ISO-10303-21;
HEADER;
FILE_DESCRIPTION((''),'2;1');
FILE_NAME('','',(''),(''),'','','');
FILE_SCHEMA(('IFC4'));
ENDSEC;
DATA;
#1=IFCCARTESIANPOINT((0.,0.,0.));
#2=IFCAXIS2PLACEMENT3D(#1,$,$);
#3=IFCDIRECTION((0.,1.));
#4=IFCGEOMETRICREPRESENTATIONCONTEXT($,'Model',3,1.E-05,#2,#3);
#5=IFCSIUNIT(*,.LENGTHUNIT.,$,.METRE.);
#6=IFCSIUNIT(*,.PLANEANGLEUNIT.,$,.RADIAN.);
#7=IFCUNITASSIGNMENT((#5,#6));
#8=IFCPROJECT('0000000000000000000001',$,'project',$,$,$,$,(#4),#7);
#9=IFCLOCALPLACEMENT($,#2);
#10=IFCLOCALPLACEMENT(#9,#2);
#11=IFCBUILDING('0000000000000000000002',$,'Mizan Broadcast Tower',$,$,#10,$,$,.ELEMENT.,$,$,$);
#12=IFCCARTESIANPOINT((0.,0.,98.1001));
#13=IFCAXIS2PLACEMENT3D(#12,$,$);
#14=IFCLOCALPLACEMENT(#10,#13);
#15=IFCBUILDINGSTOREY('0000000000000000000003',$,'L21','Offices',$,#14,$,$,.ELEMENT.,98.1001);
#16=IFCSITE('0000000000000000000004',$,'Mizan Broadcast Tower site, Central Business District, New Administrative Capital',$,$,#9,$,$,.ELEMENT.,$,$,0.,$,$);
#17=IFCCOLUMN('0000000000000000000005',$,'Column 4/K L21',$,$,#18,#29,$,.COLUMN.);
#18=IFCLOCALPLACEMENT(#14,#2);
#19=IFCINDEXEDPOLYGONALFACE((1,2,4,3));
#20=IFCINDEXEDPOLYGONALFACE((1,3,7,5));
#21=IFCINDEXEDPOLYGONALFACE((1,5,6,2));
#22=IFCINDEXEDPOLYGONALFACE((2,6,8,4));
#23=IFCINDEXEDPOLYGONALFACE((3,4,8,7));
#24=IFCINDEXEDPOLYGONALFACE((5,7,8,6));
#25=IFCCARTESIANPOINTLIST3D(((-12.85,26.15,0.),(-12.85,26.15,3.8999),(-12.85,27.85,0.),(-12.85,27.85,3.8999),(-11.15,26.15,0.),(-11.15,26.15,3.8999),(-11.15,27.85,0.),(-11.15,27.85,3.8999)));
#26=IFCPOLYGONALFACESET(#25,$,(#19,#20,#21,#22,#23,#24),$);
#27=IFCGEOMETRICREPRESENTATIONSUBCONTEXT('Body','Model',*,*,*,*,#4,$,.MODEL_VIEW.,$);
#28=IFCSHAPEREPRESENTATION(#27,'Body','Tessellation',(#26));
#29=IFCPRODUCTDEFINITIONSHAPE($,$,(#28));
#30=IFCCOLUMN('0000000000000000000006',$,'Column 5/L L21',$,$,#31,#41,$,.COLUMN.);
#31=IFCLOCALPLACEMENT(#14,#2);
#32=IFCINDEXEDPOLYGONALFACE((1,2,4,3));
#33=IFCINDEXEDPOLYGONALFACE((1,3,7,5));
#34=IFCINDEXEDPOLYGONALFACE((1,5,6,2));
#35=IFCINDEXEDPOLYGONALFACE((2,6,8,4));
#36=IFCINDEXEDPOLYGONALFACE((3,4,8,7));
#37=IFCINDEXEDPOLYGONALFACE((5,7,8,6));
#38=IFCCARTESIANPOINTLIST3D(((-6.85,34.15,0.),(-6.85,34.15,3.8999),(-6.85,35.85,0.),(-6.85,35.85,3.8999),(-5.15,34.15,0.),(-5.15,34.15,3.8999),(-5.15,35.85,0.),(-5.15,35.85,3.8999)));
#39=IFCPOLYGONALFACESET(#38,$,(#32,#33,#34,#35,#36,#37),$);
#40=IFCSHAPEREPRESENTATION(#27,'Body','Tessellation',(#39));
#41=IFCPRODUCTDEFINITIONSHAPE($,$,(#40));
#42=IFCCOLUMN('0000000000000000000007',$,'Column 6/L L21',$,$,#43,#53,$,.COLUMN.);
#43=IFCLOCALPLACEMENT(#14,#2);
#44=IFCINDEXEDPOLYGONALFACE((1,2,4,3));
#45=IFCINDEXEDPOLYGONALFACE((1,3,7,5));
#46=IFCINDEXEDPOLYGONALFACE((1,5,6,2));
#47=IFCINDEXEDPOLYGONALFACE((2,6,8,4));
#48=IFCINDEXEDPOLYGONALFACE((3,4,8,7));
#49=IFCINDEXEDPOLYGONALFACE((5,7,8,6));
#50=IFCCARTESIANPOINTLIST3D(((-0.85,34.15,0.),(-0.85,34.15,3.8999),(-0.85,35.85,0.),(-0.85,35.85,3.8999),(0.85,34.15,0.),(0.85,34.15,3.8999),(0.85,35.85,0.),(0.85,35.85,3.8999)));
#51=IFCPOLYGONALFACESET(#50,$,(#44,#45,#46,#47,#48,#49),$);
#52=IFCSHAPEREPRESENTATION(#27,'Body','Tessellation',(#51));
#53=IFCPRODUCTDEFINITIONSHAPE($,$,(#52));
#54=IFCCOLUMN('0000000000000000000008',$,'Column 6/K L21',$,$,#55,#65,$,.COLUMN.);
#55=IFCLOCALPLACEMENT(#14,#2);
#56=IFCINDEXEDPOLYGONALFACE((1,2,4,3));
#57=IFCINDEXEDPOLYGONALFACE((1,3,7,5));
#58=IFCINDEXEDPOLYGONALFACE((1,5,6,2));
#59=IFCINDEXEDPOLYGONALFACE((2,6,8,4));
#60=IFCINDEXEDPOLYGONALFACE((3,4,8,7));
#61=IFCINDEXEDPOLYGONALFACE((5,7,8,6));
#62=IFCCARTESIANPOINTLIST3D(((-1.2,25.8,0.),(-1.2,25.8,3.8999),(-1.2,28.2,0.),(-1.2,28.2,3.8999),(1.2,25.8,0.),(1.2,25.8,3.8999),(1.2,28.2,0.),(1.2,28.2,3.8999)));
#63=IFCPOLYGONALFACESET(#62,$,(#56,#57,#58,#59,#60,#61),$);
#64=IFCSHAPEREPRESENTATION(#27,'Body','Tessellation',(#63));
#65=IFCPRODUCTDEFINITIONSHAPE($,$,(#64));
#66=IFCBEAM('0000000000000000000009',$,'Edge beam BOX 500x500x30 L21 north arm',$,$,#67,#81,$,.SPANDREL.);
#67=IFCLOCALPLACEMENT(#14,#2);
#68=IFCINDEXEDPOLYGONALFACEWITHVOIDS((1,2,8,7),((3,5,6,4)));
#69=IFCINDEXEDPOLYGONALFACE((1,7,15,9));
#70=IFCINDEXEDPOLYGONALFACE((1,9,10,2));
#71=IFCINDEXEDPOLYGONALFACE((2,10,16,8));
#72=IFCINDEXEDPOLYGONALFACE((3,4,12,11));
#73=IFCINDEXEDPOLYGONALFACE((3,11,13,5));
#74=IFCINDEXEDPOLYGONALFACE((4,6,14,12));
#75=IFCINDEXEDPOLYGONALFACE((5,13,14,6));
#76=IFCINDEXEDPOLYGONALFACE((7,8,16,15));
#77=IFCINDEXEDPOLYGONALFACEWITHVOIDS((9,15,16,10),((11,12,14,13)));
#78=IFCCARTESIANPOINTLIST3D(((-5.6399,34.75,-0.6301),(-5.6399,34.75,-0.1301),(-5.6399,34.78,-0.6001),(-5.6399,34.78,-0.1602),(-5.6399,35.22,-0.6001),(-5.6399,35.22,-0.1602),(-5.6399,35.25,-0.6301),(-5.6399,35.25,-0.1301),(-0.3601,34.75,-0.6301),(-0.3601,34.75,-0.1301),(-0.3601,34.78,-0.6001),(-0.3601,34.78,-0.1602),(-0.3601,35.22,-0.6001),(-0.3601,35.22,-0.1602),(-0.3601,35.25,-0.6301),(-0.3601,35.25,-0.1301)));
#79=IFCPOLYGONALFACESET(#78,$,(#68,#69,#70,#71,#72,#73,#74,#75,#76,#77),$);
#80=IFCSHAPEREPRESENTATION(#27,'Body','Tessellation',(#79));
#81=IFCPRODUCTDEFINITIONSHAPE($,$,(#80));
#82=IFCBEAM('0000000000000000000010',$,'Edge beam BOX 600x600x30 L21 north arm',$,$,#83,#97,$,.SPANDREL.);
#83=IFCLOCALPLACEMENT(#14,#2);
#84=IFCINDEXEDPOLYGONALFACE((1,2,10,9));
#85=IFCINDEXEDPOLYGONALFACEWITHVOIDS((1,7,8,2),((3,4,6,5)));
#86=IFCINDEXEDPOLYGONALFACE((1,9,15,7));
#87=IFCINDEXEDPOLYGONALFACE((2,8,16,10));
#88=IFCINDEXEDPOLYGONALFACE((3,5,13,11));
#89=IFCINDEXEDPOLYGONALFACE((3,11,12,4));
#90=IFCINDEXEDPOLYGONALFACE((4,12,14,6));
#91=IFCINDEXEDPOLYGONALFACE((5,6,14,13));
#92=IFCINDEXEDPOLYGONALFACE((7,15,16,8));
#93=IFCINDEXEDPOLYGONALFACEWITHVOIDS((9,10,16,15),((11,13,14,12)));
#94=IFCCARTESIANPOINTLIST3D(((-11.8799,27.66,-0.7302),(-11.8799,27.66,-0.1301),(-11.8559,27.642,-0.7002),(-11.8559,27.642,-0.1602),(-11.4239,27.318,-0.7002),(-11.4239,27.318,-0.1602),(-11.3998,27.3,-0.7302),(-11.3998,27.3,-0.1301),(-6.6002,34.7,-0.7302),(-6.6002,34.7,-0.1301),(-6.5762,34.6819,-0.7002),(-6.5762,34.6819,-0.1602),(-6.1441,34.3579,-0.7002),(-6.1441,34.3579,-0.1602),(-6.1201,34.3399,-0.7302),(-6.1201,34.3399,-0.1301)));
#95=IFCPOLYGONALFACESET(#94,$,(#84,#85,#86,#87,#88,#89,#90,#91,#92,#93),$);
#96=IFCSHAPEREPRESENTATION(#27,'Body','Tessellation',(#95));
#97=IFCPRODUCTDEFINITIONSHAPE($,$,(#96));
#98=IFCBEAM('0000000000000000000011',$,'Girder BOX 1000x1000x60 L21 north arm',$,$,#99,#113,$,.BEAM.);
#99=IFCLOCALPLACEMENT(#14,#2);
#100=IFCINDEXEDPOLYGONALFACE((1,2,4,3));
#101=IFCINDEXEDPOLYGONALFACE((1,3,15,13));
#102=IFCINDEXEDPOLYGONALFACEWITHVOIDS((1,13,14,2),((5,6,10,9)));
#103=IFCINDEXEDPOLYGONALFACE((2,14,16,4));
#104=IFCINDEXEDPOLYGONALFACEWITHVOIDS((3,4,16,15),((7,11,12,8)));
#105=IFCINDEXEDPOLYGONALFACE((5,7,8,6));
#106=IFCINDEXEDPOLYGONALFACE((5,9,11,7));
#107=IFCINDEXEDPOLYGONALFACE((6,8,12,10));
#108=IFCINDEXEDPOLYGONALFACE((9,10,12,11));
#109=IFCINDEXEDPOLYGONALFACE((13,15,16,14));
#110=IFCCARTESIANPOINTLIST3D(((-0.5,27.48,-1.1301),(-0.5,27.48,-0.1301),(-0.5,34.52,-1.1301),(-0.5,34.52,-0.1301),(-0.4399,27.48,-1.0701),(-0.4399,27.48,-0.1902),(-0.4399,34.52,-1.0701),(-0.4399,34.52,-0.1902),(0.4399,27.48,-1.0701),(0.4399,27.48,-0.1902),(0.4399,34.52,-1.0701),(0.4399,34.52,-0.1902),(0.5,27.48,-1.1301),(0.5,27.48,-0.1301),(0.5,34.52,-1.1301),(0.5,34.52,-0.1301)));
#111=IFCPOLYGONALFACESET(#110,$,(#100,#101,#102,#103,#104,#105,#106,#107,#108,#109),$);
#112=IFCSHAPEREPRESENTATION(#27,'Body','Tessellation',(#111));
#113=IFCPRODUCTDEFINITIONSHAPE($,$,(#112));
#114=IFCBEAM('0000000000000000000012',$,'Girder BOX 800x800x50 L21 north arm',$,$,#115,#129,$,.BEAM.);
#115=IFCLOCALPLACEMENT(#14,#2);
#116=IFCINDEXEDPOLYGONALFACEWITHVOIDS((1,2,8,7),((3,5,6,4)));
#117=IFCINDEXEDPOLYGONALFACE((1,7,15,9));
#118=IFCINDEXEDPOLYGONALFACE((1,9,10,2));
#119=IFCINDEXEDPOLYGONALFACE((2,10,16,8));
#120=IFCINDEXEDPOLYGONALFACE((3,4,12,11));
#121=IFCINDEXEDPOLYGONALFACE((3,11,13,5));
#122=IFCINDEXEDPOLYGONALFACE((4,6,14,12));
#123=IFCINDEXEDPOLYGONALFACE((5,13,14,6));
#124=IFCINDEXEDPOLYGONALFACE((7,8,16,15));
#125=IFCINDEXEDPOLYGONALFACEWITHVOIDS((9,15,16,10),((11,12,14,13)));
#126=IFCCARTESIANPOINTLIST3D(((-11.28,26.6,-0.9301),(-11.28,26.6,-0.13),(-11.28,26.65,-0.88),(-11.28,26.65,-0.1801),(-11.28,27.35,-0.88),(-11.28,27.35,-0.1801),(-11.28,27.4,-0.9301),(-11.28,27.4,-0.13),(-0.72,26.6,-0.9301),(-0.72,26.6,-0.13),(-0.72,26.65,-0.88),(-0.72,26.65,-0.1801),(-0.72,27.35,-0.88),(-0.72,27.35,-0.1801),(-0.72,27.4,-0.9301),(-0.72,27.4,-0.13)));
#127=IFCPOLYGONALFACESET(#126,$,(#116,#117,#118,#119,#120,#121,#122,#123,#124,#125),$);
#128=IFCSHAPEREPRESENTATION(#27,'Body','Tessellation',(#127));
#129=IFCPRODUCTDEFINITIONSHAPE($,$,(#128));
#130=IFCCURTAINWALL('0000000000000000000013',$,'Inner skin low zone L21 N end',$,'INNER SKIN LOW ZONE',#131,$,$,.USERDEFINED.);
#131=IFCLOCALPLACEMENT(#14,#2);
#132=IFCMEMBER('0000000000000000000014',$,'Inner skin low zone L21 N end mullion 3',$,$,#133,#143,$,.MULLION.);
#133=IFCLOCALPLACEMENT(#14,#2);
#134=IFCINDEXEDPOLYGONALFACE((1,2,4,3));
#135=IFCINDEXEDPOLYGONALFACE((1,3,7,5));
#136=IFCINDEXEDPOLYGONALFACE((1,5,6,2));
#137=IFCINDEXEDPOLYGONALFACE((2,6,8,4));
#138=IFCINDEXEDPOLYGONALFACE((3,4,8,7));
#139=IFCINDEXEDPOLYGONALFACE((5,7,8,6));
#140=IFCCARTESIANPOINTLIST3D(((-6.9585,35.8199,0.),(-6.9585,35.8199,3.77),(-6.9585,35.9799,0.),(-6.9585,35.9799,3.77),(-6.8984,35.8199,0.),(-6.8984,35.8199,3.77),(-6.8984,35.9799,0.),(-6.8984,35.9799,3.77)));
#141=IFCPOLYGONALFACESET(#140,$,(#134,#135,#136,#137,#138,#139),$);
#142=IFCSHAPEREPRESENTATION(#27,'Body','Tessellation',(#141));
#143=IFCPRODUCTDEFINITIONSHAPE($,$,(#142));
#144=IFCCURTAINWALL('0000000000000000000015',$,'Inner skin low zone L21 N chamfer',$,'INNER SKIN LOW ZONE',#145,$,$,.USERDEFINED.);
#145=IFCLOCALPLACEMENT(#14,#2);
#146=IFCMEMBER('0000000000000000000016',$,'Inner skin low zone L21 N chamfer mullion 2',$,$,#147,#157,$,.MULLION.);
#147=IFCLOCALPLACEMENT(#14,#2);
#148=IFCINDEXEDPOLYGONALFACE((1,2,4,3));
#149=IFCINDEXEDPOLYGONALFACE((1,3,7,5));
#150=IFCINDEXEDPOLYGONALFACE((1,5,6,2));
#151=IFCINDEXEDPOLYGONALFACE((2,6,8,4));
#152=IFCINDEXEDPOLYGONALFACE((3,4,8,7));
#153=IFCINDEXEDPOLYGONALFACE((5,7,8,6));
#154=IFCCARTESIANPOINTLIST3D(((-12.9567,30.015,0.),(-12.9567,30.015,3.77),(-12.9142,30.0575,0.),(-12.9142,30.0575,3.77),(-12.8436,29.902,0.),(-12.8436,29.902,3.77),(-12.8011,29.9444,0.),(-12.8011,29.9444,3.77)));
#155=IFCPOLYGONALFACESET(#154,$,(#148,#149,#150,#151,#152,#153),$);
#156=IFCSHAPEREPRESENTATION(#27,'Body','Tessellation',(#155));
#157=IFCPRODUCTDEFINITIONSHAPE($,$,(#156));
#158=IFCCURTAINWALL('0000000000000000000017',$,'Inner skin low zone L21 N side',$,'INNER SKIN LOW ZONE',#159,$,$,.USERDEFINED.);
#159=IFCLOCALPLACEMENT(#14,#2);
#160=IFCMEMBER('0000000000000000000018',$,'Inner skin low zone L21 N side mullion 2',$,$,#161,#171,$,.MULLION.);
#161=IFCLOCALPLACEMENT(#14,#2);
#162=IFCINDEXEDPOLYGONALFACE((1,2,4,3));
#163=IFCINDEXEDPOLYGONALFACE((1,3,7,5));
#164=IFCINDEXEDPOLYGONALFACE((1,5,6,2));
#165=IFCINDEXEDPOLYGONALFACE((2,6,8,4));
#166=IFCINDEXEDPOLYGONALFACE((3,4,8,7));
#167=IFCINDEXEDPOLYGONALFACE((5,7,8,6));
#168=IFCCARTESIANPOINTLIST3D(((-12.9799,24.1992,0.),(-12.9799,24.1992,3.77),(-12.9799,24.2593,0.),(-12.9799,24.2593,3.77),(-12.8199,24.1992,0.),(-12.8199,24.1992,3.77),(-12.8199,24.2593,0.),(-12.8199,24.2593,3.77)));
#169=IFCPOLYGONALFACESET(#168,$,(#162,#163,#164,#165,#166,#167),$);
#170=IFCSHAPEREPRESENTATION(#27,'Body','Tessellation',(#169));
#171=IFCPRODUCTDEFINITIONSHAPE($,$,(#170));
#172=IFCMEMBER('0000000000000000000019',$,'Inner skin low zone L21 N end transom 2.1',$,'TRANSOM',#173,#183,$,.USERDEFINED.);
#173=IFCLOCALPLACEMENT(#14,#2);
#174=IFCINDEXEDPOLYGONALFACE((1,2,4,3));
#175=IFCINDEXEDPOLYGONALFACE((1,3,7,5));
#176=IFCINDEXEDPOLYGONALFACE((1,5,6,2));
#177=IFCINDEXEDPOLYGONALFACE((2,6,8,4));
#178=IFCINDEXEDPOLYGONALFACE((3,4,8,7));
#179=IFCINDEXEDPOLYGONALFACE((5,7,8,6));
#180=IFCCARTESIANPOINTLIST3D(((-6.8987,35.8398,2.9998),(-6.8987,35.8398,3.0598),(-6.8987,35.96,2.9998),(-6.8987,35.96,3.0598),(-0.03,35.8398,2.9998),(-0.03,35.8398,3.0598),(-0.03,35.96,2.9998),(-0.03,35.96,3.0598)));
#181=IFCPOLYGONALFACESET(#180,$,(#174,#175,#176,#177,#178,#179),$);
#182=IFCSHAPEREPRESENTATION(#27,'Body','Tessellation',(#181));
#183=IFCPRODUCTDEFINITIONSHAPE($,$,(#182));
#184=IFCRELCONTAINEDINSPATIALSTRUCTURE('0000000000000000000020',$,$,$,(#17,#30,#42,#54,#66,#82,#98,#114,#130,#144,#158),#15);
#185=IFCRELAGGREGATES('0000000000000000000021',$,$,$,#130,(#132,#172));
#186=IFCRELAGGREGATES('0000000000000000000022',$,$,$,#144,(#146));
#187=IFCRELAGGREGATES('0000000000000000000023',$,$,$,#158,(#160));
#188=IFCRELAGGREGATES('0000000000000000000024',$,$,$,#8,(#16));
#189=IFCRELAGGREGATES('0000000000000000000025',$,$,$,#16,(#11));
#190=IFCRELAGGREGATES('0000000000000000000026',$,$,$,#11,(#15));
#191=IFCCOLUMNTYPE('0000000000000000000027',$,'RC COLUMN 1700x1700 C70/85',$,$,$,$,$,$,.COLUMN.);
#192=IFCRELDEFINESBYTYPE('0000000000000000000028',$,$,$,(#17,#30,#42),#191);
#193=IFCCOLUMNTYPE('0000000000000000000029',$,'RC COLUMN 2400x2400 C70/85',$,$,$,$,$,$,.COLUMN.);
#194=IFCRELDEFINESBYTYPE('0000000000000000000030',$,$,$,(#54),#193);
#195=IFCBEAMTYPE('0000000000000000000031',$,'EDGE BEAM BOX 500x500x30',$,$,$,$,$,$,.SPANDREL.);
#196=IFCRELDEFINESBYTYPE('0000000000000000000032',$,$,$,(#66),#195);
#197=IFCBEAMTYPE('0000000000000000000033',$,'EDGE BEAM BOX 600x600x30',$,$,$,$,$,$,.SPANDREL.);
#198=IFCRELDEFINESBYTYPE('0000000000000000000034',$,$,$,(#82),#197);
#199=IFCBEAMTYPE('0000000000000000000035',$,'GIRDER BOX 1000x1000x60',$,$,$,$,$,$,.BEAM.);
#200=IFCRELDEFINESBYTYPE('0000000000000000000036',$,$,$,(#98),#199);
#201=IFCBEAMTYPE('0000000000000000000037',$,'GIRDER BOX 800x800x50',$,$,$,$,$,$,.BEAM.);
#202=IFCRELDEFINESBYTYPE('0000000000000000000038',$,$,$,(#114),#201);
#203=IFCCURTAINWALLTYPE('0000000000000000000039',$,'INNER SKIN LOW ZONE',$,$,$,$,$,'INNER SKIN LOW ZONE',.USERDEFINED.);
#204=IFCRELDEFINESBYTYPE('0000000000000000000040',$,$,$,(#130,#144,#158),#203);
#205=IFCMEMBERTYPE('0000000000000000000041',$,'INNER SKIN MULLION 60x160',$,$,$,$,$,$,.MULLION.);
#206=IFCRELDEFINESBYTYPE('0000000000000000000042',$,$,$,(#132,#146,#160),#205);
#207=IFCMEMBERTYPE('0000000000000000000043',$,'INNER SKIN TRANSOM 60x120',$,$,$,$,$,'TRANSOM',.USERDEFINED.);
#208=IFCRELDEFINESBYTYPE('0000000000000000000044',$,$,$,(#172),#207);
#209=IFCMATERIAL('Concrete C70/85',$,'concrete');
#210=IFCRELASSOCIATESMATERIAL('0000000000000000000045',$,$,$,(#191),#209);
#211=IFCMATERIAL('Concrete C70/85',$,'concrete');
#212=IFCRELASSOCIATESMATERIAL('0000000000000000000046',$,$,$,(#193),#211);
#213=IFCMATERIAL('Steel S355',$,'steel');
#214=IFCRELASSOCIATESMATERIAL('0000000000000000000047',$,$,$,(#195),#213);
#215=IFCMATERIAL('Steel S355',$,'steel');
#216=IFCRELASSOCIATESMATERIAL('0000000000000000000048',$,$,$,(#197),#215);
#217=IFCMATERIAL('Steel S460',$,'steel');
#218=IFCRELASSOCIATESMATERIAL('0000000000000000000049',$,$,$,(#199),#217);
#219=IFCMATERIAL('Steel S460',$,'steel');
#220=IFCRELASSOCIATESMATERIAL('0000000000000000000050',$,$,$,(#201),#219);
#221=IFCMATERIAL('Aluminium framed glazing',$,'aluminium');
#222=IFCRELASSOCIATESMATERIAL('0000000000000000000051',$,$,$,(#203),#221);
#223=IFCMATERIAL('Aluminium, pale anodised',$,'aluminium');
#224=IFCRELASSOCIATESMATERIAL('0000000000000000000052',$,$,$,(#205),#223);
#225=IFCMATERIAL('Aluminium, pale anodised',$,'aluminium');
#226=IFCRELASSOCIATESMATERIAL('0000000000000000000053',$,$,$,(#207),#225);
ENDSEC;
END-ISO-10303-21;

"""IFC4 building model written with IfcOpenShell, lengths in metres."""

from ifc_helpers import new_model, si_unit, direction, frame, origin, origin_2d, place, context, subcontext, project, spatial, rectangle, hollow_rectangle, extrude, material, material_profile, profile_set, type_object, element, aggregate, save


model = new_model("IFC4")

# Units and contexts
model_context = context("Model", 3, precision=1e-05, world=origin(), true_north=direction((0.0, 1.0)))
body_context = subcontext(model_context, "Body", "Model", "MODEL_VIEW")
ifc_project = project(units=[si_unit("LENGTHUNIT", "METRE"), si_unit("PLANEANGLEUNIT", "RADIAN")], contexts=[model_context])

# Site, building, storey
site_placement = place(None, origin())
site = spatial("IfcSite", under=ifc_project, at=site_placement, Name="Mizan Broadcast Tower site, Central Business District, New Administrative Capital", CompositionType="ELEMENT", RefElevation=0.0)
building_placement = place(site_placement, origin())
building = spatial("IfcBuilding", under=site, at=building_placement, Name="Mizan Broadcast Tower", CompositionType="ELEMENT")
storey_placement = place(building_placement, frame((0.0, 0.0, 98.1001)))
storey = spatial("IfcBuildingStorey", under=building, at=storey_placement, Name="L21", Description="Offices", CompositionType="ELEMENT", Elevation=98.1001)

# Columns
ifc_material_1 = material(Name="Concrete C70/85", Category="concrete")
ifc_material_profile_1 = material_profile(ifc_material_1, rectangle(XDim=1.7, YDim=1.7, at=origin_2d()), Name="RC 1700x1700")
ifc_profile_set_1 = profile_set([ifc_material_profile_1], Name="Concrete C70/85")
column_type_1 = type_object("IfcColumnType", Name="RC COLUMN 1700x1700 C70/85", PredefinedType="COLUMN", material=ifc_profile_set_1)
for number, where, z_axis, x_axis, name in (
    (1, (-12.0, 27.0, 0.0), (0.0, 0.0, 1.0), (1.0, 0.0, 0.0), "Column 4/K L21"),
    (2, (-6.0, 35.0, 0.0), (0.0, 0.0, 1.0), (1.0, 0.0, 0.0), "Column 5/L L21"),
    (3, (0.0, 35.0, 0.0), (0.0, 0.0, 1.0), (1.0, 0.0, 0.0), "Column 6/L L21"),
):
    element("IfcColumn", number, at=place(storey_placement, frame(where, z_axis=z_axis, x_axis=x_axis)), inside=storey, type_object=column_type_1, Name=name, PredefinedType="COLUMN", context=body_context, shape_type="SweptSolid", body=[
        extrude(rectangle(XDim=1.7, YDim=1.7, at=origin_2d()), origin(), (0.0, 0.0, 1.0), 3.8999),
    ])
ifc_material_2 = material(Name="Concrete C70/85", Category="concrete")
ifc_material_profile_2 = material_profile(ifc_material_2, rectangle(XDim=2.3999, YDim=2.3999, at=origin_2d()), Name="RC 2400x2400")
ifc_profile_set_2 = profile_set([ifc_material_profile_2], Name="Concrete C70/85")
column_type_2 = type_object("IfcColumnType", Name="RC COLUMN 2400x2400 C70/85", PredefinedType="COLUMN", material=ifc_profile_set_2)
column_placement = place(storey_placement, frame((0.0, 27.0, 0.0), z_axis=(0.0, 0.0, 1.0), x_axis=(1.0, 0.0, 0.0)))
element("IfcColumn", 4, at=column_placement, inside=storey, type_object=column_type_2, Name="Column 6/K L21", PredefinedType="COLUMN", context=body_context, shape_type="SweptSolid", body=[
    extrude(rectangle(XDim=2.3999, YDim=2.3999, at=origin_2d()), origin(), (0.0, 0.0, 1.0), 3.8999),
])

# Beams
ifc_material_3 = material(Name="Steel S355", Category="steel")
ifc_material_profile_3 = material_profile(ifc_material_3, hollow_rectangle(XDim=0.5, YDim=0.5, WallThickness=0.03, at=origin_2d()), Name="BOX 500x500x30")
ifc_profile_set_3 = profile_set([ifc_material_profile_3], Name="Steel S355")
beam_type_1 = type_object("IfcBeamType", Name="EDGE BEAM BOX 500x500x30", PredefinedType="SPANDREL", material=ifc_profile_set_3)
beam_1_placement = place(storey_placement, frame((-5.6399, 35.0, -0.3801), z_axis=(1.0, 0.0, 0.0), x_axis=(0.0, 1.0, 0.0)))
element("IfcBeam", 5, at=beam_1_placement, inside=storey, type_object=beam_type_1, Name="Edge beam BOX 500x500x30 L21 north arm", PredefinedType="SPANDREL", context=body_context, shape_type="SweptSolid", body=[
    extrude(hollow_rectangle(XDim=0.5, YDim=0.5, WallThickness=0.03, at=origin_2d()), origin(), (0.0, 0.0, 1.0), 5.2798),
])
ifc_material_4 = material(Name="Steel S355", Category="steel")
ifc_material_profile_4 = material_profile(ifc_material_4, hollow_rectangle(XDim=0.6001, YDim=0.6001, WallThickness=0.03, at=origin_2d()), Name="BOX 600x600x30")
ifc_profile_set_4 = profile_set([ifc_material_profile_4], Name="Steel S355")
beam_type_2 = type_object("IfcBeamType", Name="EDGE BEAM BOX 600x600x30", PredefinedType="SPANDREL", material=ifc_profile_set_4)
beam_2_placement = place(storey_placement, frame((-11.6399, 27.48, -0.4302), z_axis=(0.599982, 0.800013, 0.0), x_axis=(-0.800013, 0.599982, 0.0)))
element("IfcBeam", 6, at=beam_2_placement, inside=storey, type_object=beam_type_2, Name="Edge beam BOX 600x600x30 L21 north arm", PredefinedType="SPANDREL", context=body_context, shape_type="SweptSolid", body=[
    extrude(hollow_rectangle(XDim=0.6001, YDim=0.6001, WallThickness=0.03, at=origin_2d()), origin(), (0.0, 0.0, 1.0), 8.7998),
])
ifc_material_5 = material(Name="Steel S460", Category="steel")
ifc_material_profile_5 = material_profile(ifc_material_5, hollow_rectangle(XDim=1.0, YDim=1.0, WallThickness=0.0601, at=origin_2d()), Name="BOX 1000x1000x60")
ifc_profile_set_5 = profile_set([ifc_material_profile_5], Name="Steel S460")
beam_type_3 = type_object("IfcBeamType", Name="GIRDER BOX 1000x1000x60", PredefinedType="BEAM", material=ifc_profile_set_5)
beam_3_placement = place(storey_placement, frame((0.0, 27.48, -0.6301), z_axis=(0.0, 1.0, 0.0), x_axis=(-1.0, 0.0, 0.0)))
element("IfcBeam", 7, at=beam_3_placement, inside=storey, type_object=beam_type_3, Name="Girder BOX 1000x1000x60 L21 north arm", PredefinedType="BEAM", context=body_context, shape_type="SweptSolid", body=[
    extrude(hollow_rectangle(XDim=1.0, YDim=1.0, WallThickness=0.0601, at=origin_2d()), origin(), (0.0, 0.0, 1.0), 7.04),
])
ifc_material_6 = material(Name="Steel S460", Category="steel")
ifc_material_profile_6 = material_profile(ifc_material_6, hollow_rectangle(XDim=0.8, YDim=0.8, WallThickness=0.05, at=origin_2d()), Name="BOX 800x800x50")
ifc_profile_set_6 = profile_set([ifc_material_profile_6], Name="Steel S460")
beam_type_4 = type_object("IfcBeamType", Name="GIRDER BOX 800x800x50", PredefinedType="BEAM", material=ifc_profile_set_6)
beam_4_placement = place(storey_placement, frame((-11.28, 27.0, -0.53), z_axis=(1.0, 0.0, 0.0), x_axis=(0.0, 1.0, 0.0)))
element("IfcBeam", 8, at=beam_4_placement, inside=storey, type_object=beam_type_4, Name="Girder BOX 800x800x50 L21 north arm", PredefinedType="BEAM", context=body_context, shape_type="SweptSolid", body=[
    extrude(hollow_rectangle(XDim=0.8, YDim=0.8, WallThickness=0.05, at=origin_2d()), origin(), (0.0, 0.0, 1.0), 10.5601),
])

# Curtain walls, members
ifc_material_7 = material(Name="Aluminium framed glazing", Category="aluminium")
curtain_wall_type_1 = type_object("IfcCurtainWallType", Name="INNER SKIN LOW ZONE", ElementType="INNER SKIN LOW ZONE", PredefinedType="USERDEFINED", material=ifc_material_7)
curtain_wall_1_placement = place(storey_placement, origin())
curtain_wall_1 = element("IfcCurtainWall", 9, at=curtain_wall_1_placement, inside=storey, type_object=curtain_wall_type_1, Name="Inner skin low zone L21 N end", ObjectType="INNER SKIN LOW ZONE", PredefinedType="USERDEFINED")
ifc_material_8 = material(Name="Aluminium, pale anodised", Category="aluminium")
ifc_material_profile_7 = material_profile(ifc_material_8, rectangle(XDim=0.1599, YDim=0.0601, at=origin_2d()), Name="MULLION 160x60")
ifc_profile_set_7 = profile_set([ifc_material_profile_7], Name="Aluminium, pale anodised")
member_type_1 = type_object("IfcMemberType", Name="INNER SKIN MULLION 60x160", PredefinedType="MULLION", material=ifc_profile_set_7)
member_1_placement = place(storey_placement, frame((-6.9285, 35.8999, 0.0), z_axis=(0.0, 0.0, 1.0), x_axis=(0.0, -1.0, 0.0)))
member_1 = element("IfcMember", 10, at=member_1_placement, type_object=member_type_1, Name="Inner skin low zone L21 N end mullion 3", PredefinedType="MULLION", context=body_context, shape_type="SweptSolid", body=[
    extrude(rectangle(XDim=0.1599, YDim=0.0601, at=origin_2d()), origin(), (0.0, 0.0, 1.0), 3.77),
])
curtain_wall_2_placement = place(storey_placement, origin())
curtain_wall_2 = element("IfcCurtainWall", 11, at=curtain_wall_2_placement, inside=storey, type_object=curtain_wall_type_1, Name="Inner skin low zone L21 N chamfer", ObjectType="INNER SKIN LOW ZONE", PredefinedType="USERDEFINED")
member_2_placement = place(storey_placement, frame((-12.8789, 29.9797, 0.0), z_axis=(0.0, 0.0, 1.0), x_axis=(0.707107, -0.707107, 0.0)))
member_2 = element("IfcMember", 12, at=member_2_placement, type_object=member_type_1, Name="Inner skin low zone L21 N chamfer mullion 2", PredefinedType="MULLION", context=body_context, shape_type="SweptSolid", body=[
    extrude(rectangle(XDim=0.1599, YDim=0.0601, at=origin_2d()), origin(), (0.0, 0.0, 1.0), 3.77),
])
curtain_wall_3_placement = place(storey_placement, origin())
curtain_wall_3 = element("IfcCurtainWall", 13, at=curtain_wall_3_placement, inside=storey, type_object=curtain_wall_type_1, Name="Inner skin low zone L21 N side", ObjectType="INNER SKIN LOW ZONE", PredefinedType="USERDEFINED")
member_3_placement = place(storey_placement, frame((-12.8999, 24.2292, 0.0), z_axis=(0.0, 0.0, 1.0), x_axis=(1.0, 0.0, 0.0)))
member_3 = element("IfcMember", 14, at=member_3_placement, type_object=member_type_1, Name="Inner skin low zone L21 N side mullion 2", PredefinedType="MULLION", context=body_context, shape_type="SweptSolid", body=[
    extrude(rectangle(XDim=0.1599, YDim=0.0601, at=origin_2d()), origin(), (0.0, 0.0, 1.0), 3.77),
])

# Member
ifc_material_9 = material(Name="Aluminium, pale anodised", Category="aluminium")
ifc_material_profile_8 = material_profile(ifc_material_9, rectangle(XDim=0.1201, YDim=0.0601, at=origin_2d()), Name="TRANSOM 120x60")
ifc_profile_set_8 = profile_set([ifc_material_profile_8], Name="Aluminium, pale anodised")
member_type_2 = type_object("IfcMemberType", Name="INNER SKIN TRANSOM 60x120", ElementType="TRANSOM", PredefinedType="USERDEFINED", material=ifc_profile_set_8)
member_4_placement = place(storey_placement, frame((-0.03, 35.8999, 3.0298), z_axis=(-1.0, 0.0, 0.0), x_axis=(0.0, -1.0, 0.0)))
member_4 = element("IfcMember", 15, at=member_4_placement, type_object=member_type_2, Name="Inner skin low zone L21 N end transom 2.1", ObjectType="TRANSOM", PredefinedType="USERDEFINED", context=body_context, shape_type="SweptSolid", body=[
    extrude(rectangle(XDim=0.1201, YDim=0.0601, at=origin_2d()), origin(), (0.0, 0.0, 1.0), 6.8687),
])

aggregate(curtain_wall_1, [member_1, member_4])
aggregate(curtain_wall_2, [member_2])
aggregate(curtain_wall_3, [member_3])

save(model, "model.ifc")
